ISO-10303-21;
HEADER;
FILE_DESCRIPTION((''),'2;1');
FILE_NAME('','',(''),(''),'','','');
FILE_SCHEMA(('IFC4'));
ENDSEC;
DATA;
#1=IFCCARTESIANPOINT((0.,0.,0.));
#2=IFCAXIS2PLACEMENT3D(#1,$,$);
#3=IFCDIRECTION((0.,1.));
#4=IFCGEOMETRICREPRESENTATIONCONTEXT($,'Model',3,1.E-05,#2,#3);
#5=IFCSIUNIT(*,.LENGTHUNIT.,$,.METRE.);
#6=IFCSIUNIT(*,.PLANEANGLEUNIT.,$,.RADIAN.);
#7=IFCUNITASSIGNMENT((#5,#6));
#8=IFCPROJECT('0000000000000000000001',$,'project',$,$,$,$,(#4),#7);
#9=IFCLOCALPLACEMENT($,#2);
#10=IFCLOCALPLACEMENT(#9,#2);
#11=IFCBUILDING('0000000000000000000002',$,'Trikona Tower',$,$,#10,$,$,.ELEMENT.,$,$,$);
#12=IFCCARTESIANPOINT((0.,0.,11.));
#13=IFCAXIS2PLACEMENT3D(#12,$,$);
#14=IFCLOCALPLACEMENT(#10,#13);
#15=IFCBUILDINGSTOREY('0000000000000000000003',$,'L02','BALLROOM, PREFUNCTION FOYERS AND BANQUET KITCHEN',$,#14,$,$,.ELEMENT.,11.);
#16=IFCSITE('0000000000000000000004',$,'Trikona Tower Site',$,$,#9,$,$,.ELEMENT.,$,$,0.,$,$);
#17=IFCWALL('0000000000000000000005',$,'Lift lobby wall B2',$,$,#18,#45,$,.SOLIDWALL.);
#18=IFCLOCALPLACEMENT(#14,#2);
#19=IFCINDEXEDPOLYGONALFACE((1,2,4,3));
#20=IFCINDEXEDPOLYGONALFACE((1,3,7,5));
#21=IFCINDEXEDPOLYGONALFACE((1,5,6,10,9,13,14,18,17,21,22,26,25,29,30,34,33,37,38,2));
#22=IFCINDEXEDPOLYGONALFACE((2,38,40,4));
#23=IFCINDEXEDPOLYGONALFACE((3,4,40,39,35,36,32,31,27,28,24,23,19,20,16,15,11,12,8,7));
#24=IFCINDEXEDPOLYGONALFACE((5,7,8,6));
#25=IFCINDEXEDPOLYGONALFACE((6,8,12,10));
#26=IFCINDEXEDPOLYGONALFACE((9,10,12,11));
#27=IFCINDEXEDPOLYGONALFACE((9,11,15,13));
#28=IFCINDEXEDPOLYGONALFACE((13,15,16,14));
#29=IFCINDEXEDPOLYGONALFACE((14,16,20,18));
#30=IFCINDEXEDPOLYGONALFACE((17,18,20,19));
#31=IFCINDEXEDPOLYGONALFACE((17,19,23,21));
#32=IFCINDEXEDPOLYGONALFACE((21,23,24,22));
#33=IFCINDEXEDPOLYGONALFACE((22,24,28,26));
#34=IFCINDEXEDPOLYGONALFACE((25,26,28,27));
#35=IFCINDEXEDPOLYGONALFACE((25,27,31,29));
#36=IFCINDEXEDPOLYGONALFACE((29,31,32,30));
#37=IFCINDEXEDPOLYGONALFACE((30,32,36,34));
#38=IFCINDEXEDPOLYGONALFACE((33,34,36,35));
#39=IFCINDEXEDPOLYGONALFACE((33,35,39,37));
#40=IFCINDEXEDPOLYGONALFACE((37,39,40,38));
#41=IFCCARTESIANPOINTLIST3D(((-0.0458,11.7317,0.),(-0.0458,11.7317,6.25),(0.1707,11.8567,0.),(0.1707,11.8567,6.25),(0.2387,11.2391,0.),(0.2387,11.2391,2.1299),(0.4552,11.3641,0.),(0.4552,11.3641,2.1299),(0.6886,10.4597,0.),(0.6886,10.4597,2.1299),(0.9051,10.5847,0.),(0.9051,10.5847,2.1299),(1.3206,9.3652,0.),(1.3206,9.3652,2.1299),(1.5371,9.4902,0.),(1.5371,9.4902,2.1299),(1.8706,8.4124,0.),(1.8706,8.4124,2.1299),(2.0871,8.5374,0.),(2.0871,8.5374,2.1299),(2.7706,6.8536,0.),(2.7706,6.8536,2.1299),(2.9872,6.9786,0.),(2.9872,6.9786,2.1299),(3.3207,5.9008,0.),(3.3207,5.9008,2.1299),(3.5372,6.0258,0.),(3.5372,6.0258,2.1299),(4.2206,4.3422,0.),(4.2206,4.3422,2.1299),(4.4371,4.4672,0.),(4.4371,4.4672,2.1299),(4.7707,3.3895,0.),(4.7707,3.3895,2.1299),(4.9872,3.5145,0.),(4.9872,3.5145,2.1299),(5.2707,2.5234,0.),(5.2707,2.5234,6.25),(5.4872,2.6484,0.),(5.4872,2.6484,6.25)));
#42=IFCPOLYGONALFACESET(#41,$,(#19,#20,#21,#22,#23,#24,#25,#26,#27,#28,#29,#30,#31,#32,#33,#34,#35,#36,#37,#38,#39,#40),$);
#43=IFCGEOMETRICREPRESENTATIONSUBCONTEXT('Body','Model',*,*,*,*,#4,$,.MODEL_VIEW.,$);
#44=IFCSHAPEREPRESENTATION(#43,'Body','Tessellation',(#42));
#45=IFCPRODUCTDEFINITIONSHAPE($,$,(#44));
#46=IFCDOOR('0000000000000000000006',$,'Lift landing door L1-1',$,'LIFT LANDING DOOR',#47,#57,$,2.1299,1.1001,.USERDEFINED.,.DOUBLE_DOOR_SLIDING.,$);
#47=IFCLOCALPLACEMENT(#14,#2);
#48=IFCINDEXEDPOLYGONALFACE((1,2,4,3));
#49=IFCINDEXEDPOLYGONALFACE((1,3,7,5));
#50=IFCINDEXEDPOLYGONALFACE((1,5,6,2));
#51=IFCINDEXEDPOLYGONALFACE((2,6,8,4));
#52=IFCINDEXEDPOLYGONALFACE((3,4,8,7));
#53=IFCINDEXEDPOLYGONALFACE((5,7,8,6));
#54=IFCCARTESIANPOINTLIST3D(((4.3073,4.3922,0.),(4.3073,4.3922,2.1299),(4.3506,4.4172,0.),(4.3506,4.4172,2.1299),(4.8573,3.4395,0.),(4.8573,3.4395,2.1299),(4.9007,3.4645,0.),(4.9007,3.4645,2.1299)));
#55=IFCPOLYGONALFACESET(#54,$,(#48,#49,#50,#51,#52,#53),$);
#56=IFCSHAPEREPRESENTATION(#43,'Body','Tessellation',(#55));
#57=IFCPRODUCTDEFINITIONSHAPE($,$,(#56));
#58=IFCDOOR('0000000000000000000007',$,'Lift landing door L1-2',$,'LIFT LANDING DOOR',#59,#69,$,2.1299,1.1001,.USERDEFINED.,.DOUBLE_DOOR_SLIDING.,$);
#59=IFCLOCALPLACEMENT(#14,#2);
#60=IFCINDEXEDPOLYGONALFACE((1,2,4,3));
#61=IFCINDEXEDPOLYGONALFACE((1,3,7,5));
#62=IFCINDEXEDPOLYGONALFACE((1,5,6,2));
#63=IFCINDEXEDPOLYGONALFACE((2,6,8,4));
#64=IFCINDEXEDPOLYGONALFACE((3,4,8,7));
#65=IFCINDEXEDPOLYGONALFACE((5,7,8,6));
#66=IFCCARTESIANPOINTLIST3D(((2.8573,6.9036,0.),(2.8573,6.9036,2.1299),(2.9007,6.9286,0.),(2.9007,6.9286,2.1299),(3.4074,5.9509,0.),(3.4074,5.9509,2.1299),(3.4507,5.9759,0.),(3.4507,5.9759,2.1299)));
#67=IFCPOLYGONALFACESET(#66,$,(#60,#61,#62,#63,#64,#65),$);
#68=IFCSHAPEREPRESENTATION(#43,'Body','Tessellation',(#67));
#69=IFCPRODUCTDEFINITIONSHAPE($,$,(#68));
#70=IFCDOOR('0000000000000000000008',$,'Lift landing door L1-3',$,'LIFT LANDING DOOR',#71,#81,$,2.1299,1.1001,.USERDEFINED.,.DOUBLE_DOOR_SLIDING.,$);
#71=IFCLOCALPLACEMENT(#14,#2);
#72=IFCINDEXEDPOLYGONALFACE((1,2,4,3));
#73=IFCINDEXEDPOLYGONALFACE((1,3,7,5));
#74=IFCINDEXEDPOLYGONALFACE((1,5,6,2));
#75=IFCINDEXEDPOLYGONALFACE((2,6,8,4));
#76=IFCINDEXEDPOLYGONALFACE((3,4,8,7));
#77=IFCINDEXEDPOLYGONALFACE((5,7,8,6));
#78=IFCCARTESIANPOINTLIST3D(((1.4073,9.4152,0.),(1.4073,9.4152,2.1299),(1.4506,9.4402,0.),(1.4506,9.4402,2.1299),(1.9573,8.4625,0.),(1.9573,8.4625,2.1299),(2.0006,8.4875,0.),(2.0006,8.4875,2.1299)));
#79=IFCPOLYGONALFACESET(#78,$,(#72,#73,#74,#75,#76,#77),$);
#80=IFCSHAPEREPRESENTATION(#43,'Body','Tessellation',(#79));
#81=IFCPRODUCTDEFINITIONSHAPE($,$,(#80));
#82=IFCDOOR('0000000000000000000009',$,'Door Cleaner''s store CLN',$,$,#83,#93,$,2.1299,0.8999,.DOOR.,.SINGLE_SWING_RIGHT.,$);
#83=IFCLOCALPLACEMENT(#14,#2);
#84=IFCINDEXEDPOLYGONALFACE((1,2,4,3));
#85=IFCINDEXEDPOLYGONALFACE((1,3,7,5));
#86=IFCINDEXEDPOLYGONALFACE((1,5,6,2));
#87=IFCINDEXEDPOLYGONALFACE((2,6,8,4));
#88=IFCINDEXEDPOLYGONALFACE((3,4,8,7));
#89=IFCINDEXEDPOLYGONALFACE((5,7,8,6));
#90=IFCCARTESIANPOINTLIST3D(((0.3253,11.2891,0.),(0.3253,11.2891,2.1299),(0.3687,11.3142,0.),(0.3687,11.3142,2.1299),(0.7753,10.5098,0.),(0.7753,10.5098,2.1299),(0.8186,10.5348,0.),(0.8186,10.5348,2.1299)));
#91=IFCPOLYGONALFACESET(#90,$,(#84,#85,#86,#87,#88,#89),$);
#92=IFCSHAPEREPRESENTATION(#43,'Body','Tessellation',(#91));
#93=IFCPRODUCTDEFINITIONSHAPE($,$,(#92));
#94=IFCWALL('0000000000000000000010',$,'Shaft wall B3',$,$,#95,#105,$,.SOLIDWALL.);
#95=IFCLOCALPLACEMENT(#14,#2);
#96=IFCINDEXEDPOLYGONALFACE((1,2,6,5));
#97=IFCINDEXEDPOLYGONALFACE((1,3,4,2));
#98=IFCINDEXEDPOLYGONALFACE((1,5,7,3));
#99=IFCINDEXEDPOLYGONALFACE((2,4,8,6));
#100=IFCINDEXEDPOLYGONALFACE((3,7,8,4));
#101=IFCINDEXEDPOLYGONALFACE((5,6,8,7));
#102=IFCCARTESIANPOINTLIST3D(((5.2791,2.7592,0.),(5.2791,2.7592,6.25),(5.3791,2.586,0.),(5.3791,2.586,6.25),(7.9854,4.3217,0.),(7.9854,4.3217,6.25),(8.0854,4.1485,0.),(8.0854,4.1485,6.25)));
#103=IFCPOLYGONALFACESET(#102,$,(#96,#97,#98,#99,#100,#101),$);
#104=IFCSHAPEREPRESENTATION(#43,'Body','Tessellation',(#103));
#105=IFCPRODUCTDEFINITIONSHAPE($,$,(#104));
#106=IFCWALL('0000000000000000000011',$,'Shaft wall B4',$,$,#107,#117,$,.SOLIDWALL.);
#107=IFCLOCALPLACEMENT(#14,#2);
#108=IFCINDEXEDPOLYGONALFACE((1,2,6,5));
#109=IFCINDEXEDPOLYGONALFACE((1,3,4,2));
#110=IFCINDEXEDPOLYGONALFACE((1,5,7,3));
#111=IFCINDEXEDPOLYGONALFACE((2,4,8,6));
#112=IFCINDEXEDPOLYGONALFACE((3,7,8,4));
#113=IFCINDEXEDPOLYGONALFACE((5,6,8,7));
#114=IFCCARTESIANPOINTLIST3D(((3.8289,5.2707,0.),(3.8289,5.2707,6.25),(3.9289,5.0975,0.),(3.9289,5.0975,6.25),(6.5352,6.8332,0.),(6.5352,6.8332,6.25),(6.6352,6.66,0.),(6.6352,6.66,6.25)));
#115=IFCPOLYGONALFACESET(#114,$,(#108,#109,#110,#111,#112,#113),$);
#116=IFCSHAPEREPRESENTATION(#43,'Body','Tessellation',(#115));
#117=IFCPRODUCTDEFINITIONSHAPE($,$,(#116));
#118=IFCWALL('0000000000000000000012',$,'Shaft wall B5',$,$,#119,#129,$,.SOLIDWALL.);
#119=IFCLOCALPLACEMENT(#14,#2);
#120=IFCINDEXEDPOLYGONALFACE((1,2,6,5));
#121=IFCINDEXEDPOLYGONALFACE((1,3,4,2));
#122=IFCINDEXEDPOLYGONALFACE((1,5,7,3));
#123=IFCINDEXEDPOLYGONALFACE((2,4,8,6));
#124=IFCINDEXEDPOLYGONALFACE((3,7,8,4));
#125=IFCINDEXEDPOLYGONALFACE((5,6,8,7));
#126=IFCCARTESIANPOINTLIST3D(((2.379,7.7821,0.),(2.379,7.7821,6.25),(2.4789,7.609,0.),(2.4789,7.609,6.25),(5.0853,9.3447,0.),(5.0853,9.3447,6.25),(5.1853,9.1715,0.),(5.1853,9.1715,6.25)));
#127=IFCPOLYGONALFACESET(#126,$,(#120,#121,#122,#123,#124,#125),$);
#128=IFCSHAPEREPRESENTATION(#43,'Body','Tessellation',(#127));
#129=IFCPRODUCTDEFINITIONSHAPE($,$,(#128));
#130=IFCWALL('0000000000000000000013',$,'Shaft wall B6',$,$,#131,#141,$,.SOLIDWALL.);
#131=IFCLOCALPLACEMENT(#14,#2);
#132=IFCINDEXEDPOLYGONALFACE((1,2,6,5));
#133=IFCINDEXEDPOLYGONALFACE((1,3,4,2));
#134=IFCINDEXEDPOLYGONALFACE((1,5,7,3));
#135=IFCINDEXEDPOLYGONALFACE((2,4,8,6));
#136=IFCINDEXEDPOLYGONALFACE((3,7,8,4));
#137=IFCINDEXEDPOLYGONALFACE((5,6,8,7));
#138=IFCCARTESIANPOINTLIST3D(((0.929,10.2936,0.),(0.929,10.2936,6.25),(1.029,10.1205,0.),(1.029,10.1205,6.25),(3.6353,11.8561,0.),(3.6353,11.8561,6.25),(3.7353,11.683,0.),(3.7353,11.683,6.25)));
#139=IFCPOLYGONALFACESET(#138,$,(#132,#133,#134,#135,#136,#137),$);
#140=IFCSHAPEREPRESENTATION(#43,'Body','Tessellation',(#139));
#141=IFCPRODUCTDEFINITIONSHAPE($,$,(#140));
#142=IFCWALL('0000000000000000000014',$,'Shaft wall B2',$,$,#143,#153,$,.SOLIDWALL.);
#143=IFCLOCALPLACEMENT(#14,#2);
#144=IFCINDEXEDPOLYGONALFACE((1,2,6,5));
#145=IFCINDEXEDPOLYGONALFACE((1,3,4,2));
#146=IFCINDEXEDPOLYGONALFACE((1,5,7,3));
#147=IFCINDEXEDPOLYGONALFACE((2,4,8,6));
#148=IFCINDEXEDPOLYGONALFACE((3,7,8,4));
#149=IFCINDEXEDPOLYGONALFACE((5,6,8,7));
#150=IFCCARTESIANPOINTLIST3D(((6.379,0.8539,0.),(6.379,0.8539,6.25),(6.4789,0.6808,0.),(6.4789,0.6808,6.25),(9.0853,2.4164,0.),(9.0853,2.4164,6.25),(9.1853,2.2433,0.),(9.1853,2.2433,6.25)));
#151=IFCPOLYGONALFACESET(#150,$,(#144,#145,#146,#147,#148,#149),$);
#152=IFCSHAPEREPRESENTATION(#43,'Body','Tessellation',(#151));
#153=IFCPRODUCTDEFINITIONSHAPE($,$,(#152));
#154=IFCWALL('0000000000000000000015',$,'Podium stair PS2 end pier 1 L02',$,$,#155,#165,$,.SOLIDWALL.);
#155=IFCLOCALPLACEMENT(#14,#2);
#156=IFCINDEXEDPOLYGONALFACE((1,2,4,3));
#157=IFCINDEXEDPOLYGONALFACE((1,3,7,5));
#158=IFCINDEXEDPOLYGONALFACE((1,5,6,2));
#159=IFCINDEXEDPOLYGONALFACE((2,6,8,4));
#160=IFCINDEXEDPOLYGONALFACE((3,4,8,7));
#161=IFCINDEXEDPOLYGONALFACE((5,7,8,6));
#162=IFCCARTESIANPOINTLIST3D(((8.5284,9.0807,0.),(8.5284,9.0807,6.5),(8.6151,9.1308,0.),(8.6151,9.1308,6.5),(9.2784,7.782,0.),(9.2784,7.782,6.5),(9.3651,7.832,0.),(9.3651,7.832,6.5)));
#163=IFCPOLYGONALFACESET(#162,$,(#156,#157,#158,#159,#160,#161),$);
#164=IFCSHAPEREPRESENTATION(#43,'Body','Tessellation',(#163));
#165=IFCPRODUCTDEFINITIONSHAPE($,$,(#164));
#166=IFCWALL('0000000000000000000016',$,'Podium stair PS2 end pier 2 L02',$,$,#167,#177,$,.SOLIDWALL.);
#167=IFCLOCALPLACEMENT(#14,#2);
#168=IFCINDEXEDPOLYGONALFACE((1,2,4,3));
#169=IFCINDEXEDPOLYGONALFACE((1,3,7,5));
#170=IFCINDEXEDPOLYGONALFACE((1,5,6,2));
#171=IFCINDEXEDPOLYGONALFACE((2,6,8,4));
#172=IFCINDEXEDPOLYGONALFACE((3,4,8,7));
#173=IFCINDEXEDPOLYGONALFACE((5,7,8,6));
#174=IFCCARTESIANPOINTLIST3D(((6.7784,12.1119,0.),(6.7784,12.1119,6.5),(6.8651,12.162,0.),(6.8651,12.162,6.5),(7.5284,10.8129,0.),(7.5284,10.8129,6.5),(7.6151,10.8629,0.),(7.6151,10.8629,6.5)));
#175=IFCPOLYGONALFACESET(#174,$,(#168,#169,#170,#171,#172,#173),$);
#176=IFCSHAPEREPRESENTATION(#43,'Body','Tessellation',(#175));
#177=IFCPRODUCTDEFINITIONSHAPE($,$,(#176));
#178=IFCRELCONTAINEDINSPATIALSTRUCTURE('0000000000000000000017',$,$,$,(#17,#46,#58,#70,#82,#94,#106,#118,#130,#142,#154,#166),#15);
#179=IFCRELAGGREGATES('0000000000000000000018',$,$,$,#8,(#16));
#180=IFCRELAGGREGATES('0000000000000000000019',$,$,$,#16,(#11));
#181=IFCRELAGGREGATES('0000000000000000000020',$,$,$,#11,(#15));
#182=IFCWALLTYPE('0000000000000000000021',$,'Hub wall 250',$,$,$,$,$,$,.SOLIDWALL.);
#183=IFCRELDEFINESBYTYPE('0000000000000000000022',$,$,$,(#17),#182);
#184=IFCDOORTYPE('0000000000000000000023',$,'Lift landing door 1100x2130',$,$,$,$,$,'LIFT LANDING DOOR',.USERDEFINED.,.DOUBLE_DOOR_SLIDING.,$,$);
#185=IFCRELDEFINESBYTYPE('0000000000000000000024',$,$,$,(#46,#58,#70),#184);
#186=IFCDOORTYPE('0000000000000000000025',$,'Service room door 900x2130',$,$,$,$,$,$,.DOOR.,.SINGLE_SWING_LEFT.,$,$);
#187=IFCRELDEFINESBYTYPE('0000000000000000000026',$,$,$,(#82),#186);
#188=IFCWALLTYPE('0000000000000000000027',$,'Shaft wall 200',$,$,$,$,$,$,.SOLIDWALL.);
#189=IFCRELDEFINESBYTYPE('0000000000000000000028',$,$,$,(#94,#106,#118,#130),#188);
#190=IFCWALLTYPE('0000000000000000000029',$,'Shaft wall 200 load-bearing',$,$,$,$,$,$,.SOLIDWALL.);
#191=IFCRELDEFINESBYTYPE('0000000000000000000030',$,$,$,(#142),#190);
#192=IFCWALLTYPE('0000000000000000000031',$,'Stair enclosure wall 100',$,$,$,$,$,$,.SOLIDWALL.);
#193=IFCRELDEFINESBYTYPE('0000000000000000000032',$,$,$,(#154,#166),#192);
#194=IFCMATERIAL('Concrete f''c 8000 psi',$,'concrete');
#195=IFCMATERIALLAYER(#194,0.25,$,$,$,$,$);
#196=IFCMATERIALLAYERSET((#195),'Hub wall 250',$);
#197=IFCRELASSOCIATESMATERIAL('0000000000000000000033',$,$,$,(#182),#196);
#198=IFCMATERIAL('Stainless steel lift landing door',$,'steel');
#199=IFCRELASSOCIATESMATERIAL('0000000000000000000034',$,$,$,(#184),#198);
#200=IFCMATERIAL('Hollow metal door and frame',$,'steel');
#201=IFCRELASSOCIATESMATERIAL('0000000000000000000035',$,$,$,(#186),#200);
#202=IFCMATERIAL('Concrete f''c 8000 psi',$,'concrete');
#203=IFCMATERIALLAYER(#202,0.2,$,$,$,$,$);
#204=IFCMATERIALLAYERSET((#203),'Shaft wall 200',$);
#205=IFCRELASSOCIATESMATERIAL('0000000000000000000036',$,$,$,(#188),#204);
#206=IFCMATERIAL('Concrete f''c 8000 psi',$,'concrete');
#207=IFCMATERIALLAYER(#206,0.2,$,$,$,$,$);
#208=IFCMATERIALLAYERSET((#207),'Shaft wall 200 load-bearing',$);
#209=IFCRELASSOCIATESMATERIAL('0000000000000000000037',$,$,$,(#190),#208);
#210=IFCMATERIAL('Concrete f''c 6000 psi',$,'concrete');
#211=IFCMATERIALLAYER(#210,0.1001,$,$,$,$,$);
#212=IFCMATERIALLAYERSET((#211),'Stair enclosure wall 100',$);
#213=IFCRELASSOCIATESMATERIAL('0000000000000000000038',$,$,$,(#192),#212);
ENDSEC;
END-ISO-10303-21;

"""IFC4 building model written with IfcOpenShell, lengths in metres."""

from ifc_helpers import new_model, si_unit, direction, frame, frame_2d, origin, place, context, subcontext, project, spatial, rectangle, extrude, material, layer, layer_set, type_object, element, fill, save


model = new_model("IFC4")

# Units and contexts
model_context = context("Model", 3, precision=1e-05, world=origin(), true_north=direction((0.0, 1.0)))
body_context = subcontext(model_context, "Body", "Model", "MODEL_VIEW")
ifc_project = project(units=[si_unit("LENGTHUNIT", "METRE"), si_unit("PLANEANGLEUNIT", "RADIAN")], contexts=[model_context])

# Site, building, storey
site_placement = place(None, origin())
site = spatial("IfcSite", under=ifc_project, at=site_placement, Name="Trikona Tower Site", CompositionType="ELEMENT", RefElevation=0.0)
building_placement = place(site_placement, origin())
building = spatial("IfcBuilding", under=site, at=building_placement, Name="Trikona Tower", CompositionType="ELEMENT")
storey_placement = place(building_placement, frame((0.0, 0.0, 11.0)))
storey = spatial("IfcBuildingStorey", under=building, at=storey_placement, Name="L02", Description="BALLROOM, PREFUNCTION FOYERS AND BANQUET KITCHEN", CompositionType="ELEMENT", Elevation=11.0)

# Wall, openings, doors
ifc_material_1 = material(Name="Concrete f'c 8000 psi", Category="concrete")
ifc_layer_1 = layer(ifc_material_1, 0.25)
ifc_layer_set_1 = layer_set([ifc_layer_1], Name="Hub wall 250")
wall_type_1 = type_object("IfcWallType", Name="Hub wall 250", PredefinedType="SOLIDWALL", material=ifc_layer_set_1)
wall_1_placement = place(storey_placement, frame((5.3789, 2.5859, 0.0), z_axis=(0.0, 0.0, 1.0), x_axis=(-0.500001, 0.866025, 0.0)))
wall_1 = element("IfcWall", 1, at=wall_1_placement, inside=storey, type_object=wall_type_1, Name="Lift lobby wall B2", PredefinedType="SOLIDWALL", context=body_context, shape_type="SweptSolid", body=[
    extrude(rectangle(XDim=10.6328, YDim=0.25, at=frame_2d((5.3164, 0.0))), origin(), (0.0, 0.0, 1.0), 6.25),
])
opening_1_placement = place(wall_1_placement, frame((9.1641, 0.0, 0.0)))
opening_1 = element("IfcOpeningElement", 2, at=opening_1_placement, cuts=wall_1, PredefinedType="OPENING", context=body_context, shape_type="SweptSolid", body=[
    extrude(rectangle(XDim=0.8999, YDim=2.1299, at=frame_2d((0.45, 1.0649))), frame((0.0, 0.135, 0.0), z_axis=(0.0, -1.0, 0.0), x_axis=(1.0, 0.0, 0.0)), (0.0, 0.0, 1.0), 0.27),
])
opening_2_placement = place(wall_1_placement, frame((1.0, 0.0, 0.0)))
opening_2 = element("IfcOpeningElement", 3, at=opening_2_placement, cuts=wall_1, PredefinedType="OPENING", context=body_context, shape_type="SweptSolid", body=[
    extrude(rectangle(XDim=1.1001, YDim=2.1299, at=frame_2d((0.55, 1.0649))), frame((0.0, 0.135, 0.0), z_axis=(0.0, -1.0, 0.0), x_axis=(1.0, 0.0, 0.0)), (0.0, 0.0, 1.0), 0.27),
])
opening_3_placement = place(wall_1_placement, frame((3.8999, 0.0, 0.0)))
opening_3 = element("IfcOpeningElement", 4, at=opening_3_placement, cuts=wall_1, PredefinedType="OPENING", context=body_context, shape_type="SweptSolid", body=[
    extrude(rectangle(XDim=1.1001, YDim=2.1299, at=frame_2d((0.55, 1.0649))), frame((0.0, 0.135, 0.0), z_axis=(0.0, -1.0, 0.0), x_axis=(1.0, 0.0, 0.0)), (0.0, 0.0, 1.0), 0.27),
])
opening_4_placement = place(wall_1_placement, frame((6.8, 0.0, 0.0)))
opening_4 = element("IfcOpeningElement", 5, at=opening_4_placement, cuts=wall_1, PredefinedType="OPENING", context=body_context, shape_type="SweptSolid", body=[
    extrude(rectangle(XDim=1.1001, YDim=2.1299, at=frame_2d((0.55, 1.0649))), frame((0.0, 0.135, 0.0), z_axis=(0.0, -1.0, 0.0), x_axis=(1.0, 0.0, 0.0)), (0.0, 0.0, 1.0), 0.27),
])
ifc_material_2 = material(Name="Stainless steel lift landing door", Category="steel")
door_type_1 = type_object("IfcDoorType", Name="Lift landing door 1100x2130", ElementType="LIFT LANDING DOOR", OperationType="DOUBLE_DOOR_SLIDING", PredefinedType="USERDEFINED", material=ifc_material_2)
door_1_placement = place(opening_2_placement, origin())
door_1 = element("IfcDoor", 6, at=door_1_placement, inside=storey, type_object=door_type_1, Name="Lift landing door L1-1", ObjectType="LIFT LANDING DOOR", OperationType="DOUBLE_DOOR_SLIDING", OverallHeight=2.1299, OverallWidth=1.1001, PredefinedType="USERDEFINED", context=body_context, shape_type="SweptSolid", body=[
    extrude(rectangle(XDim=1.1001, YDim=2.1299, at=frame_2d((0.55, 1.0649))), frame((0.0, 0.0249, 0.0), z_axis=(0.0, -1.0, 0.0), x_axis=(1.0, 0.0, 0.0)), (0.0, 0.0, 1.0), 0.05),
])
fill(opening_2, door_1)
door_2_placement = place(opening_3_placement, origin())
door_2 = element("IfcDoor", 7, at=door_2_placement, inside=storey, type_object=door_type_1, Name="Lift landing door L1-2", ObjectType="LIFT LANDING DOOR", OperationType="DOUBLE_DOOR_SLIDING", OverallHeight=2.1299, OverallWidth=1.1001, PredefinedType="USERDEFINED", context=body_context, shape_type="SweptSolid", body=[
    extrude(rectangle(XDim=1.1001, YDim=2.1299, at=frame_2d((0.55, 1.0649))), frame((0.0, 0.0249, 0.0), z_axis=(0.0, -1.0, 0.0), x_axis=(1.0, 0.0, 0.0)), (0.0, 0.0, 1.0), 0.05),
])
fill(opening_3, door_2)
door_3_placement = place(opening_4_placement, origin())
door_3 = element("IfcDoor", 8, at=door_3_placement, inside=storey, type_object=door_type_1, Name="Lift landing door L1-3", ObjectType="LIFT LANDING DOOR", OperationType="DOUBLE_DOOR_SLIDING", OverallHeight=2.1299, OverallWidth=1.1001, PredefinedType="USERDEFINED", context=body_context, shape_type="SweptSolid", body=[
    extrude(rectangle(XDim=1.1001, YDim=2.1299, at=frame_2d((0.55, 1.0649))), frame((0.0, 0.0249, 0.0), z_axis=(0.0, -1.0, 0.0), x_axis=(1.0, 0.0, 0.0)), (0.0, 0.0, 1.0), 0.05),
])
fill(opening_4, door_3)
ifc_material_3 = material(Name="Hollow metal door and frame", Category="steel")
door_type_2 = type_object("IfcDoorType", Name="Service room door 900x2130", OperationType="SINGLE_SWING_LEFT", PredefinedType="DOOR", material=ifc_material_3)
door_4_placement = place(opening_1_placement, origin())
door_4 = element("IfcDoor", 9, at=door_4_placement, inside=storey, type_object=door_type_2, Name="Door Cleaner's store CLN", OperationType="SINGLE_SWING_RIGHT", OverallHeight=2.1299, OverallWidth=0.8999, PredefinedType="DOOR", context=body_context, shape_type="SweptSolid", body=[
    extrude(rectangle(XDim=0.8999, YDim=2.1299, at=frame_2d((0.45, 1.0649))), frame((0.0, 0.0249, 0.0), z_axis=(0.0, -1.0, 0.0), x_axis=(1.0, 0.0, 0.0)), (0.0, 0.0, 1.0), 0.05),
])
fill(opening_1, door_4)

# Walls
ifc_material_4 = material(Name="Concrete f'c 8000 psi", Category="concrete")
ifc_layer_2 = layer(ifc_material_4, 0.2)
ifc_layer_set_2 = layer_set([ifc_layer_2], Name="Shaft wall 200")
wall_type_2 = type_object("IfcWallType", Name="Shaft wall 200", PredefinedType="SOLIDWALL", material=ifc_layer_set_2)
for number, where, z_axis, x_axis, name in (
    (10, (5.3291, 2.6726, 0.0), (0.0, 0.0, 1.0), (0.866023, 0.500004, 0.0), "Shaft wall B3"),
    (11, (3.8789, 5.1841, 0.0), (0.0, 0.0, 1.0), (0.866023, 0.500004, 0.0), "Shaft wall B4"),
    (12, (2.429, 7.6956, 0.0), (0.0, 0.0, 1.0), (0.866023, 0.500004, 0.0), "Shaft wall B5"),
    (13, (0.979, 10.207, 0.0), (0.0, 0.0, 1.0), (0.866023, 0.500004, 0.0), "Shaft wall B6"),
):
    element("IfcWall", number, at=place(storey_placement, frame(where, z_axis=z_axis, x_axis=x_axis)), inside=storey, type_object=wall_type_2, Name=name, PredefinedType="SOLIDWALL", context=body_context, shape_type="SweptSolid", body=[
        extrude(rectangle(XDim=3.125, YDim=0.2, at=frame_2d((1.5625, 0.0))), origin(), (0.0, 0.0, 1.0), 6.25),
    ])
ifc_material_5 = material(Name="Concrete f'c 8000 psi", Category="concrete")
ifc_layer_3 = layer(ifc_material_5, 0.2)
ifc_layer_set_3 = layer_set([ifc_layer_3], Name="Shaft wall 200 load-bearing")
wall_type_3 = type_object("IfcWallType", Name="Shaft wall 200 load-bearing", PredefinedType="SOLIDWALL", material=ifc_layer_set_3)
wall_2_placement = place(storey_placement, frame((6.429, 0.7673, 0.0), z_axis=(0.0, 0.0, 1.0), x_axis=(0.866023, 0.500004, 0.0)))
element("IfcWall", 14, at=wall_2_placement, inside=storey, type_object=wall_type_3, Name="Shaft wall B2", PredefinedType="SOLIDWALL", context=body_context, shape_type="SweptSolid", body=[
    extrude(rectangle(XDim=3.125, YDim=0.2, at=frame_2d((1.5625, 0.0))), origin(), (0.0, 0.0, 1.0), 6.25),
])
ifc_material_6 = material(Name="Concrete f'c 6000 psi", Category="concrete")
ifc_layer_4 = layer(ifc_material_6, 0.1001)
ifc_layer_set_4 = layer_set([ifc_layer_4], Name="Stair enclosure wall 100")
wall_type_4 = type_object("IfcWallType", Name="Stair enclosure wall 100", PredefinedType="SOLIDWALL", material=ifc_layer_set_4)
wall_3_placement = place(storey_placement, frame((9.3218, 7.8069, 0.0), z_axis=(0.0, 0.0, 1.0), x_axis=(-0.500061, 0.86599, 0.0)))
element("IfcWall", 15, at=wall_3_placement, inside=storey, type_object=wall_type_4, Name="Podium stair PS2 end pier 1 L02", PredefinedType="SOLIDWALL", context=body_context, shape_type="SweptSolid", body=[
    extrude(rectangle(XDim=1.4998, YDim=0.1001, at=frame_2d((0.75, 0.0))), origin(), (0.0, 0.0, 1.0), 6.5),
])
wall_4_placement = place(storey_placement, frame((7.5718, 10.8379, 0.0), z_axis=(0.0, 0.0, 1.0), x_axis=(-0.49999, 0.866031, 0.0)))
element("IfcWall", 16, at=wall_4_placement, inside=storey, type_object=wall_type_4, Name="Podium stair PS2 end pier 2 L02", PredefinedType="SOLIDWALL", context=body_context, shape_type="SweptSolid", body=[
    extrude(rectangle(XDim=1.5, YDim=0.1001, at=frame_2d((0.75, 0.0))), origin(), (0.0, 0.0, 1.0), 6.5),
])

save(model, "model.ifc")
